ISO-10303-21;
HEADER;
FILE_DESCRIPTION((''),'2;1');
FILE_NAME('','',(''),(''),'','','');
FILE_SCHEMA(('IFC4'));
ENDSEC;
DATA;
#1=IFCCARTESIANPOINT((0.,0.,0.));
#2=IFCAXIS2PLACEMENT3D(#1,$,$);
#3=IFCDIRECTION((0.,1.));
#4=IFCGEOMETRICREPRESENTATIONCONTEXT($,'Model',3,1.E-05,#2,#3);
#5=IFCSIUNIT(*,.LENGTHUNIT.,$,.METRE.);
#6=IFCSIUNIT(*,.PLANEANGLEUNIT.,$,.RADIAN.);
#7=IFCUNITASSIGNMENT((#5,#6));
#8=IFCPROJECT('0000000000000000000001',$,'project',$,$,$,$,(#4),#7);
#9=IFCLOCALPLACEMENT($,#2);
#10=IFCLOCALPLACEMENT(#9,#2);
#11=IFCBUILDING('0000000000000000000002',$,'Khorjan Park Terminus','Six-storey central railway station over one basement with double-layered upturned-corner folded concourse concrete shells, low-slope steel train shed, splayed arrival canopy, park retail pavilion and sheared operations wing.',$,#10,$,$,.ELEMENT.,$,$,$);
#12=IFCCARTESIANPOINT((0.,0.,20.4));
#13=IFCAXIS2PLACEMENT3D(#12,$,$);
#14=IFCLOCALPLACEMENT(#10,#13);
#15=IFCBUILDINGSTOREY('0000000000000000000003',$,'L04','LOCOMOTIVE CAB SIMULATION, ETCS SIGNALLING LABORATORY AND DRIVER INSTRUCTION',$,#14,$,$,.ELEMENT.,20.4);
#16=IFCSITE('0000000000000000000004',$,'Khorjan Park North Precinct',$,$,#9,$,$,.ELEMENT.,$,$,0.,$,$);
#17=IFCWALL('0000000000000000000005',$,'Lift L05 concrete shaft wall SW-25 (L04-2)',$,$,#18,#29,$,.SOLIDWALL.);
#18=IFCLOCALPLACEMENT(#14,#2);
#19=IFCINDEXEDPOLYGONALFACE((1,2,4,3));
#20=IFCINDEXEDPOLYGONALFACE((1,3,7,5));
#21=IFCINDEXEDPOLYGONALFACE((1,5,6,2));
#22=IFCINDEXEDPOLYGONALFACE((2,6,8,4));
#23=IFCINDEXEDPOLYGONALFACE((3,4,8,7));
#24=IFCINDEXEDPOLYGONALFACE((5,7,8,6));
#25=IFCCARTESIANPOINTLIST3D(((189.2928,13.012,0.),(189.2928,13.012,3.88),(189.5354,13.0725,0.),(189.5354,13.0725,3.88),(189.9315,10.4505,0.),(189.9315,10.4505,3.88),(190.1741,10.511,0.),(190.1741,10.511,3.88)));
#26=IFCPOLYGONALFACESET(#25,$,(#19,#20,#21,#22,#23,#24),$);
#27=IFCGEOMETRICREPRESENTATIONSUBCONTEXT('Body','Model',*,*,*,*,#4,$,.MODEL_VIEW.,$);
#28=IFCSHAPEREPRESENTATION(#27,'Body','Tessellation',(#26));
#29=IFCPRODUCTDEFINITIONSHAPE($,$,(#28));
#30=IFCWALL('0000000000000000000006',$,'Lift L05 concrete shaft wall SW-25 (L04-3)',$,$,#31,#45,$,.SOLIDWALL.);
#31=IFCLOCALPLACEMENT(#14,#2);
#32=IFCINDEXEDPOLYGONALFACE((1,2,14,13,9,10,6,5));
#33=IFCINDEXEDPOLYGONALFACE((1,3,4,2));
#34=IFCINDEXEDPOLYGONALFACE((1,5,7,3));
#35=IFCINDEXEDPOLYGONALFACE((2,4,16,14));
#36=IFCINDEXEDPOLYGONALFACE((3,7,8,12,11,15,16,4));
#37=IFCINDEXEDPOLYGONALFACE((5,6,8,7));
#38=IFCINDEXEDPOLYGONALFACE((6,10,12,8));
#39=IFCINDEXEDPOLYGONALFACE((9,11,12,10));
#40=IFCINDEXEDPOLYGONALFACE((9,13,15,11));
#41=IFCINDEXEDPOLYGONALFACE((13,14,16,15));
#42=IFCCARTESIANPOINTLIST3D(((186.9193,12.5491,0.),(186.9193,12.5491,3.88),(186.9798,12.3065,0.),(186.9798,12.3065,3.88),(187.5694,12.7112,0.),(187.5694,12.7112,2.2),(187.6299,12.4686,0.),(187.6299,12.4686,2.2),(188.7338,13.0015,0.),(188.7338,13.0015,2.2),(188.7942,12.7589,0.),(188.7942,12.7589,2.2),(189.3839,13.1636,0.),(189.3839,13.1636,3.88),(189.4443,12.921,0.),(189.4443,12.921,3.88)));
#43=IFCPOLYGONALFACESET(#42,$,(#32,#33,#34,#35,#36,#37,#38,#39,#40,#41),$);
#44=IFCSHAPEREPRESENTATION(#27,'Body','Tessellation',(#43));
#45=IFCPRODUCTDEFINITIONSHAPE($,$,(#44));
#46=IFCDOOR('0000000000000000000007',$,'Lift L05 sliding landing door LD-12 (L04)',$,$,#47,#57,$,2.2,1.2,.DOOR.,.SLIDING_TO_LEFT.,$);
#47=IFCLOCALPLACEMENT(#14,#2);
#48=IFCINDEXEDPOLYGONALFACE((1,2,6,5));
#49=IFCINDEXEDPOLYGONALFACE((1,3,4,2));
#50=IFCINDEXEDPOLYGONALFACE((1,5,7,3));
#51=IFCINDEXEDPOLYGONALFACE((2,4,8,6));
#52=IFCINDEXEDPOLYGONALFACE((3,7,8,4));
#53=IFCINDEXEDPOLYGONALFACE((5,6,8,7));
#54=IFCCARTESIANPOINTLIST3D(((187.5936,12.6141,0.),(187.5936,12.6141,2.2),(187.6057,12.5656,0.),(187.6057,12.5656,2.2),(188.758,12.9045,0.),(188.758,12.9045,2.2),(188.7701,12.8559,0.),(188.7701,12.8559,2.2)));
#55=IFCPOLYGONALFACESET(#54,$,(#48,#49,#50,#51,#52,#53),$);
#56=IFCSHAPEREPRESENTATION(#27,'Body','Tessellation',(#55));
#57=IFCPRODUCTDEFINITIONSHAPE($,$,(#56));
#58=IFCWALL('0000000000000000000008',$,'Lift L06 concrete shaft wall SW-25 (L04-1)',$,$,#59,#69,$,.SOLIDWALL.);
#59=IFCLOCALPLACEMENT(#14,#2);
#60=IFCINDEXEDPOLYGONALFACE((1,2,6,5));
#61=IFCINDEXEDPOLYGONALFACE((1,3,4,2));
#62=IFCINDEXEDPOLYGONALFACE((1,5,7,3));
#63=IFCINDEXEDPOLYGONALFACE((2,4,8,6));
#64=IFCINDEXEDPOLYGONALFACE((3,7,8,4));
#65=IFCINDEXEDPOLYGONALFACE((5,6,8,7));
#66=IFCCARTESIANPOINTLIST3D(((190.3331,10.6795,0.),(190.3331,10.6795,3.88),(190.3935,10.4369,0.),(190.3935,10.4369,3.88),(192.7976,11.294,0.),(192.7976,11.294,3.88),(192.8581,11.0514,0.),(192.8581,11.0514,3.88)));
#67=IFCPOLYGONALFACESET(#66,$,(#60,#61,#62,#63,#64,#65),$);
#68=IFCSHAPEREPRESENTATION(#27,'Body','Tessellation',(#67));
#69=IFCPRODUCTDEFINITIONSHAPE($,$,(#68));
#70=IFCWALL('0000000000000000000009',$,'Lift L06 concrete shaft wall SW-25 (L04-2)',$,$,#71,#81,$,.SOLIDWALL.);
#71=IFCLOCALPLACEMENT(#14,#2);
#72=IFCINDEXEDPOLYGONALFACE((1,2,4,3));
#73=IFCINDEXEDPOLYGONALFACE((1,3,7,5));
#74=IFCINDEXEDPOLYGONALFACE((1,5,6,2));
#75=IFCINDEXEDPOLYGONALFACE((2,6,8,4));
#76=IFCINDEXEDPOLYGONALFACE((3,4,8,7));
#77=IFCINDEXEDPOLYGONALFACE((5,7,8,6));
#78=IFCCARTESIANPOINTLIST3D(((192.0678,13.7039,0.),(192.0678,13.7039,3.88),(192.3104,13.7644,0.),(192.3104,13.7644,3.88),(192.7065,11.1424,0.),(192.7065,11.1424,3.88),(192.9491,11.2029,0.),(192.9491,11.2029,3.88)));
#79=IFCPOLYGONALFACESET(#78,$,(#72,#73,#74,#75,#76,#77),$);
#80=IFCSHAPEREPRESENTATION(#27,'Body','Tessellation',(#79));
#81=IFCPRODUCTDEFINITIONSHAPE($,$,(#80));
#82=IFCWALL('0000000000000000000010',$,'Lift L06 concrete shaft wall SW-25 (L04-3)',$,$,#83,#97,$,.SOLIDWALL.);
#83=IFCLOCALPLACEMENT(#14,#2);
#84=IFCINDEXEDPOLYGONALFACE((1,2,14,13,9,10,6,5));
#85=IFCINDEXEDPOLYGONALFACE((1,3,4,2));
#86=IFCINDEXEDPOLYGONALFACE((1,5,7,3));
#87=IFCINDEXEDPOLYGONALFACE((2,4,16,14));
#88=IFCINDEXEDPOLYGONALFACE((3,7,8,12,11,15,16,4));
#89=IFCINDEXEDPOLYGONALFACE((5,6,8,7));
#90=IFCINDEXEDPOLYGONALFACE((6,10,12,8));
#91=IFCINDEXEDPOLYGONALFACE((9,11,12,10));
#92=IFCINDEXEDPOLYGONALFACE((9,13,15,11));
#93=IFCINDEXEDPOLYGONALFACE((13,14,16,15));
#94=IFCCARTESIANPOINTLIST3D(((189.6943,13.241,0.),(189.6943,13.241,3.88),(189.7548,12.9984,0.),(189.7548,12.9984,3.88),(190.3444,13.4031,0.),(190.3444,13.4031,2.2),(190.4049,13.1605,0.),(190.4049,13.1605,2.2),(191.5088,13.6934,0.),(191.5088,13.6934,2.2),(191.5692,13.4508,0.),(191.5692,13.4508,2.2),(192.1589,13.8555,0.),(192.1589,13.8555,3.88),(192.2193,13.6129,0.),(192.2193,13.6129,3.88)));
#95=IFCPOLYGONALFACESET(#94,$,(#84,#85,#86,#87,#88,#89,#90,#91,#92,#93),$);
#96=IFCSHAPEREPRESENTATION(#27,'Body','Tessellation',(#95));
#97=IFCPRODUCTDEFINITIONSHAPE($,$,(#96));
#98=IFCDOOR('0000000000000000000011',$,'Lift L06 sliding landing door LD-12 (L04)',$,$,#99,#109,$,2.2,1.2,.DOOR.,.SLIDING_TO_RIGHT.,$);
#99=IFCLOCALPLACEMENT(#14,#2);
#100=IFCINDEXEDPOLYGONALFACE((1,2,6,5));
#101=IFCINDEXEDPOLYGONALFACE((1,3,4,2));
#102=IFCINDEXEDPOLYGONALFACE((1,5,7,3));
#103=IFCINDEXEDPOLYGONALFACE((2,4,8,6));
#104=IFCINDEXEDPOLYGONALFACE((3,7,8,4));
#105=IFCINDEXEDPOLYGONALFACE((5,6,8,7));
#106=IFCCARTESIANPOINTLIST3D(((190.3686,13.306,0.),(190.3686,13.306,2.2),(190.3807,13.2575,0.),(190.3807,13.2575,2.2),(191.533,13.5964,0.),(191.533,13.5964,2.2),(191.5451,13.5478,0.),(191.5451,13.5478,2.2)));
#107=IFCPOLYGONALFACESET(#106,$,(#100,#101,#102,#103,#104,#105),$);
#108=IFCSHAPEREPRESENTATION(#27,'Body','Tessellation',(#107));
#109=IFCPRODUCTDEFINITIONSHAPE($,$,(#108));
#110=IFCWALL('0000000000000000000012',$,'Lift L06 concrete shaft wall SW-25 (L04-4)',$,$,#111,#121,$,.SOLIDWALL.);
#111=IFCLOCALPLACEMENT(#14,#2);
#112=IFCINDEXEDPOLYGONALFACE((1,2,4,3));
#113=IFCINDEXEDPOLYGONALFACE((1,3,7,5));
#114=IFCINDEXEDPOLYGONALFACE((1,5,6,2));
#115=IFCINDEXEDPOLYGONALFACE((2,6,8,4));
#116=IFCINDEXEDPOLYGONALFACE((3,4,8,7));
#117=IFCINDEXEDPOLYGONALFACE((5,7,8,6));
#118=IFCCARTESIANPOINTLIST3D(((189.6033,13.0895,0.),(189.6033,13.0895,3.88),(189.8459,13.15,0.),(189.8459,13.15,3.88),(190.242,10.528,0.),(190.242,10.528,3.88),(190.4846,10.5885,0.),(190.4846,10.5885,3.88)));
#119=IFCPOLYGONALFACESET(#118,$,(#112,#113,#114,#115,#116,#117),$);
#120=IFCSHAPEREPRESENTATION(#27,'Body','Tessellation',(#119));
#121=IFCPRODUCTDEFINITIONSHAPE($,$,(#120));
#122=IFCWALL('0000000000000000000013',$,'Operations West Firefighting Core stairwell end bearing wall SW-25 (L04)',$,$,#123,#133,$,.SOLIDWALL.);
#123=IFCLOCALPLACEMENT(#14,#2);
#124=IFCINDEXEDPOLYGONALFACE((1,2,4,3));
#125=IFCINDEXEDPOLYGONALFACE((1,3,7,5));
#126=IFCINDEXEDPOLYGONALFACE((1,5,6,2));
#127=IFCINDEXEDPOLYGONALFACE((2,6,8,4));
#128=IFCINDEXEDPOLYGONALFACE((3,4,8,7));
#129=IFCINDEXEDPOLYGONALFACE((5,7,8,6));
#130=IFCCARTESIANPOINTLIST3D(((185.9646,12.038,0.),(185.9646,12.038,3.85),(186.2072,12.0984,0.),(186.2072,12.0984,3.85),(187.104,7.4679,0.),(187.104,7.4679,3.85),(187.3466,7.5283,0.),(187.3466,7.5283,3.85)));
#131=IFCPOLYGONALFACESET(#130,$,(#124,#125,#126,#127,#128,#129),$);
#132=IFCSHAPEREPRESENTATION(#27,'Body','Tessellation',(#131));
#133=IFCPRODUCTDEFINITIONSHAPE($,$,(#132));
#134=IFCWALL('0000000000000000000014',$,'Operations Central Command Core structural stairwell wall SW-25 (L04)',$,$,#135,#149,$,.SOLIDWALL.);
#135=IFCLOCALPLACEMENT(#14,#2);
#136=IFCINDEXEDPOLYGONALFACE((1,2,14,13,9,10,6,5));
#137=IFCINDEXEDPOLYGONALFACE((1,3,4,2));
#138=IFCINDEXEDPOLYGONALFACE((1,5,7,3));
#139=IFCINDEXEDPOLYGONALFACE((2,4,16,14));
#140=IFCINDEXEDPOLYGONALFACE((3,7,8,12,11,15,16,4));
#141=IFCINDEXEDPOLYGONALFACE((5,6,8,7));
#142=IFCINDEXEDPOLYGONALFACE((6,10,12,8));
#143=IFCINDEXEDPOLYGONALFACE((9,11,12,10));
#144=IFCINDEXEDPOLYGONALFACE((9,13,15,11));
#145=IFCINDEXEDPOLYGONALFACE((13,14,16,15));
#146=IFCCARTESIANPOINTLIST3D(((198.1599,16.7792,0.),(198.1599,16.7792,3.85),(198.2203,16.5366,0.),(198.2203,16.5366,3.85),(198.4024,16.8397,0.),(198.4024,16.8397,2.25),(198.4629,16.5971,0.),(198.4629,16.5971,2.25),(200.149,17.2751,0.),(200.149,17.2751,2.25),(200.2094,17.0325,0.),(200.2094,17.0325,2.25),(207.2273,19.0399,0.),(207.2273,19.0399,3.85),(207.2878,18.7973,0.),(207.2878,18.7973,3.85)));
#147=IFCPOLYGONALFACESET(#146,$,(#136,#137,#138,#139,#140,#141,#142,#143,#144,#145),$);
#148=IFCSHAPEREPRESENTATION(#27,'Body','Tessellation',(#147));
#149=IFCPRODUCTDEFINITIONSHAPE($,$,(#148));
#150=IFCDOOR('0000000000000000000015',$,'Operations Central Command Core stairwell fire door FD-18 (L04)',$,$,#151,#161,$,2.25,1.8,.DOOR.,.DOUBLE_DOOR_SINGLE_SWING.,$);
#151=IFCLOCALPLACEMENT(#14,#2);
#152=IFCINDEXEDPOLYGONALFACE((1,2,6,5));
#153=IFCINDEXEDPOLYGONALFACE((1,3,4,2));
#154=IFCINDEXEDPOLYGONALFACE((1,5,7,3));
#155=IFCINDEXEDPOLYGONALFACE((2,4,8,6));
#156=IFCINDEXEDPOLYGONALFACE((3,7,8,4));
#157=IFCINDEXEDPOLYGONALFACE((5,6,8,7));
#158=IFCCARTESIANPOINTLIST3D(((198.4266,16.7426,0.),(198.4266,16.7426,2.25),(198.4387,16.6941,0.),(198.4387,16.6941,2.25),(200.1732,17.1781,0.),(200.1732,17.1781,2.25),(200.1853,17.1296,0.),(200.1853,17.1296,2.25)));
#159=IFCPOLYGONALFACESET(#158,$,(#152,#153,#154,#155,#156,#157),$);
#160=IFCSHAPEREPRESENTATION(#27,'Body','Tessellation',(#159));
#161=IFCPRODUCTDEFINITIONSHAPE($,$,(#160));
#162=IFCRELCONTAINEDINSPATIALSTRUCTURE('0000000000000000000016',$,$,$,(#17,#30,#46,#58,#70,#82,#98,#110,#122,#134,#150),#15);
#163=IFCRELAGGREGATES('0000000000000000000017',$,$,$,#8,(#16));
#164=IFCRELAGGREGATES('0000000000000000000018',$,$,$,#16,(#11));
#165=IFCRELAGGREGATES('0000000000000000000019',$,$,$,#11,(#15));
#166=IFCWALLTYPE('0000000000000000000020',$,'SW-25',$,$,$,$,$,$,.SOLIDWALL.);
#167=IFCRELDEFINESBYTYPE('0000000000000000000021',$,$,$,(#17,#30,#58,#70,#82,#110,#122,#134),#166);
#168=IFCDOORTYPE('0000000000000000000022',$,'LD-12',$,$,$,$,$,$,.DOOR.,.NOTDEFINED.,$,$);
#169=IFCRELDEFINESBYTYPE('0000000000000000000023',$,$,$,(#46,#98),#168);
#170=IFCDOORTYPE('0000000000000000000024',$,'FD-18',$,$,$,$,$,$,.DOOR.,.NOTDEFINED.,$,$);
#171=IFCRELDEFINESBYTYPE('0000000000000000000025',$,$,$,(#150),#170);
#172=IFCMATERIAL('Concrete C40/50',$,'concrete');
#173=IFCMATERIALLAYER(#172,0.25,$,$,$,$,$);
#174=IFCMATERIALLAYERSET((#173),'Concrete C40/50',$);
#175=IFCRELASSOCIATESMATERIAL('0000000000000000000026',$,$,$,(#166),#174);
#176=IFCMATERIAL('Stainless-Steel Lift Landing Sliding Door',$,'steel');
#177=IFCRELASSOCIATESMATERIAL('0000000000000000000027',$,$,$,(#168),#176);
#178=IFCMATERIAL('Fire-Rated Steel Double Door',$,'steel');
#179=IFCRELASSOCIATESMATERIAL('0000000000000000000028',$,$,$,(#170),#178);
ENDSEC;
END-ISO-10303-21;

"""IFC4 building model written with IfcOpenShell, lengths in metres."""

from ifc_helpers import new_model, si_unit, direction, frame, frame_2d, origin, place, context, subcontext, project, spatial, rectangle, extrude, material, layer, layer_set, type_object, element, fill, save


model = new_model("IFC4")

# Units and contexts
model_context = context("Model", 3, precision=1e-05, world=origin(), true_north=direction((0.0, 1.0)))
body_context = subcontext(model_context, "Body", "Model", "MODEL_VIEW")
ifc_project = project(units=[si_unit("LENGTHUNIT", "METRE"), si_unit("PLANEANGLEUNIT", "RADIAN")], contexts=[model_context])

# Site, building, storey
site_placement = place(None, origin())
site = spatial("IfcSite", under=ifc_project, at=site_placement, Name="Khorjan Park North Precinct", CompositionType="ELEMENT", RefElevation=0.0)
building_placement = place(site_placement, origin())
building = spatial("IfcBuilding", under=site, at=building_placement, Name="Khorjan Park Terminus", Description="Six-storey central railway station over one basement with double-layered upturned-corner folded concourse concrete shells, low-slope steel train shed, splayed arrival canopy, park retail pavilion and sheared operations wing.", CompositionType="ELEMENT")
storey_placement = place(building_placement, frame((0.0, 0.0, 20.4)))
storey = spatial("IfcBuildingStorey", under=building, at=storey_placement, Name="L04", Description="LOCOMOTIVE CAB SIMULATION, ETCS SIGNALLING LABORATORY AND DRIVER INSTRUCTION", CompositionType="ELEMENT", Elevation=20.4)

# Shared definitions
ifc_material_1 = material(Name="Concrete C40/50", Category="concrete")

# Shared definitions
ifc_material_2 = material(Name="Fire-Rated Steel Double Door", Category="steel")

# Wall
ifc_layer_1 = layer(ifc_material_1, 0.25)
ifc_layer_set_1 = layer_set([ifc_layer_1], Name="Concrete C40/50")
wall_type_1 = type_object("IfcWallType", Name="SW-25", PredefinedType="SOLIDWALL", material=ifc_layer_set_1)
wall_1_placement = place(storey_placement, frame((190.0528, 10.4808, 0.0), z_axis=(0.0, 0.0, 1.0), x_axis=(-0.241938, 0.970292, 0.0)))
element("IfcWall", 1, at=wall_1_placement, inside=storey, type_object=wall_type_1, Name="Lift L05 concrete shaft wall SW-25 (L04-2)", PredefinedType="SOLIDWALL", context=body_context, shape_type="SweptSolid", body=[
    extrude(rectangle(XDim=2.6399, YDim=0.25, at=frame_2d((1.3199, 0.0))), origin(), (0.0, 0.0, 1.0), 3.88),
])

# Wall, opening, door
wall_2_placement = place(storey_placement, frame((189.4141, 13.0423, 0.0), z_axis=(0.0, 0.0, 1.0), x_axis=(-0.970293, -0.241933, 0.0)))
wall_2 = element("IfcWall", 2, at=wall_2_placement, inside=storey, type_object=wall_type_1, Name="Lift L05 concrete shaft wall SW-25 (L04-3)", PredefinedType="SOLIDWALL", context=body_context, shape_type="SweptSolid", body=[
    extrude(rectangle(XDim=2.54, YDim=0.25, at=frame_2d((1.27, 0.0))), origin(), (0.0, 0.0, 1.0), 3.88),
])
opening_1_placement = place(wall_2_placement, frame((0.67, 0.0, 0.0)))
opening_1 = element("IfcOpeningElement", 3, at=opening_1_placement, cuts=wall_2, PredefinedType="OPENING", context=body_context, shape_type="SweptSolid", body=[
    extrude(rectangle(XDim=1.2, YDim=2.2, at=frame_2d((0.6, 1.1))), frame((0.0, 0.135, 0.0), z_axis=(0.0, -1.0, 0.0), x_axis=(1.0, 0.0, 0.0)), (0.0, 0.0, 1.0), 0.27),
])
ifc_material_3 = material(Name="Stainless-Steel Lift Landing Sliding Door", Category="steel")
door_type_1 = type_object("IfcDoorType", Name="LD-12", OperationType="NOTDEFINED", PredefinedType="DOOR", material=ifc_material_3)
door_1_placement = place(opening_1_placement, origin())
door_1 = element("IfcDoor", 4, at=door_1_placement, inside=storey, type_object=door_type_1, Name="Lift L05 sliding landing door LD-12 (L04)", OperationType="SLIDING_TO_LEFT", OverallHeight=2.2, OverallWidth=1.2, PredefinedType="DOOR", context=body_context, shape_type="SweptSolid", body=[
    extrude(rectangle(XDim=1.2, YDim=2.2, at=frame_2d((0.6, 1.1))), frame((0.0, 0.025, 0.0), z_axis=(0.0, -1.0, 0.0), x_axis=(1.0, 0.0, 0.0)), (0.0, 0.0, 1.0), 0.05),
])
fill(opening_1, door_1)

# Walls
wall_3_placement = place(storey_placement, frame((190.3633, 10.5582, 0.0), z_axis=(0.0, 0.0, 1.0), x_axis=(0.970293, 0.241933, 0.0)))
element("IfcWall", 5, at=wall_3_placement, inside=storey, type_object=wall_type_1, Name="Lift L06 concrete shaft wall SW-25 (L04-1)", PredefinedType="SOLIDWALL", context=body_context, shape_type="SweptSolid", body=[
    extrude(rectangle(XDim=2.54, YDim=0.25, at=frame_2d((1.27, 0.0))), origin(), (0.0, 0.0, 1.0), 3.88),
])
wall_4_placement = place(storey_placement, frame((192.8278, 11.1727, 0.0), z_axis=(0.0, 0.0, 1.0), x_axis=(-0.241938, 0.970292, 0.0)))
element("IfcWall", 6, at=wall_4_placement, inside=storey, type_object=wall_type_1, Name="Lift L06 concrete shaft wall SW-25 (L04-2)", PredefinedType="SOLIDWALL", context=body_context, shape_type="SweptSolid", body=[
    extrude(rectangle(XDim=2.6399, YDim=0.25, at=frame_2d((1.3199, 0.0))), origin(), (0.0, 0.0, 1.0), 3.88),
])

# Wall, opening, door
wall_5_placement = place(storey_placement, frame((192.1891, 13.7342, 0.0), z_axis=(0.0, 0.0, 1.0), x_axis=(-0.970293, -0.241933, 0.0)))
wall_5 = element("IfcWall", 7, at=wall_5_placement, inside=storey, type_object=wall_type_1, Name="Lift L06 concrete shaft wall SW-25 (L04-3)", PredefinedType="SOLIDWALL", context=body_context, shape_type="SweptSolid", body=[
    extrude(rectangle(XDim=2.54, YDim=0.25, at=frame_2d((1.27, 0.0))), origin(), (0.0, 0.0, 1.0), 3.88),
])
opening_2_placement = place(wall_5_placement, frame((0.67, 0.0, 0.0)))
opening_2 = element("IfcOpeningElement", 8, at=opening_2_placement, cuts=wall_5, PredefinedType="OPENING", context=body_context, shape_type="SweptSolid", body=[
    extrude(rectangle(XDim=1.2, YDim=2.2, at=frame_2d((0.6, 1.1))), frame((0.0, 0.135, 0.0), z_axis=(0.0, -1.0, 0.0), x_axis=(1.0, 0.0, 0.0)), (0.0, 0.0, 1.0), 0.27),
])
door_2_placement = place(opening_2_placement, origin())
door_2 = element("IfcDoor", 9, at=door_2_placement, inside=storey, type_object=door_type_1, Name="Lift L06 sliding landing door LD-12 (L04)", OperationType="SLIDING_TO_RIGHT", OverallHeight=2.2, OverallWidth=1.2, PredefinedType="DOOR", context=body_context, shape_type="SweptSolid", body=[
    extrude(rectangle(XDim=1.2, YDim=2.2, at=frame_2d((0.6, 1.1))), frame((0.0, 0.025, 0.0), z_axis=(0.0, -1.0, 0.0), x_axis=(1.0, 0.0, 0.0)), (0.0, 0.0, 1.0), 0.05),
])
fill(opening_2, door_2)

# Walls
wall_6_placement = place(storey_placement, frame((189.7246, 13.1197, 0.0), z_axis=(0.0, 0.0, 1.0), x_axis=(0.241938, -0.970292, 0.0)))
element("IfcWall", 10, at=wall_6_placement, inside=storey, type_object=wall_type_1, Name="Lift L06 concrete shaft wall SW-25 (L04-4)", PredefinedType="SOLIDWALL", context=body_context, shape_type="SweptSolid", body=[
    extrude(rectangle(XDim=2.6399, YDim=0.25, at=frame_2d((1.3199, 0.0))), origin(), (0.0, 0.0, 1.0), 3.88),
])
wall_7_placement = place(storey_placement, frame((187.2253, 7.4981, 0.0), z_axis=(0.0, 0.0, 1.0), x_axis=(-0.241911, 0.970298, 0.0)))
element("IfcWall", 11, at=wall_7_placement, inside=storey, type_object=wall_type_1, Name="Operations West Firefighting Core stairwell end bearing wall SW-25 (L04)", PredefinedType="SOLIDWALL", context=body_context, shape_type="SweptSolid", body=[
    extrude(rectangle(XDim=4.71, YDim=0.25, at=frame_2d((2.355, 0.0))), origin(), (0.0, 0.0, 1.0), 3.85),
])

# Wall, opening, door
wall_8_placement = place(storey_placement, frame((198.1901, 16.6579, 0.0), z_axis=(0.0, 0.0, 1.0), x_axis=(0.970297, 0.241916, 0.0)))
wall_8 = element("IfcWall", 12, at=wall_8_placement, inside=storey, type_object=wall_type_1, Name="Operations Central Command Core structural stairwell wall SW-25 (L04)", PredefinedType="SOLIDWALL", context=body_context, shape_type="SweptSolid", body=[
    extrude(rectangle(XDim=9.345, YDim=0.25, at=frame_2d((4.6725, 0.0))), origin(), (0.0, 0.0, 1.0), 3.85),
])
opening_3_placement = place(wall_8_placement, frame((0.25, 0.0, 0.0)))
opening_3 = element("IfcOpeningElement", 13, at=opening_3_placement, cuts=wall_8, PredefinedType="OPENING", context=body_context, shape_type="SweptSolid", body=[
    extrude(rectangle(XDim=1.8, YDim=2.25, at=frame_2d((0.9, 1.125))), frame((0.0, 0.135, 0.0), z_axis=(0.0, -1.0, 0.0), x_axis=(1.0, 0.0, 0.0)), (0.0, 0.0, 1.0), 0.27),
])
door_type_2 = type_object("IfcDoorType", Name="FD-18", OperationType="NOTDEFINED", PredefinedType="DOOR", material=ifc_material_2)
door_3_placement = place(opening_3_placement, origin())
door_3 = element("IfcDoor", 14, at=door_3_placement, inside=storey, type_object=door_type_2, Name="Operations Central Command Core stairwell fire door FD-18 (L04)", OperationType="DOUBLE_DOOR_SINGLE_SWING", OverallHeight=2.25, OverallWidth=1.8, PredefinedType="DOOR", context=body_context, shape_type="SweptSolid", body=[
    extrude(rectangle(XDim=1.8, YDim=2.25, at=frame_2d((0.9, 1.125))), frame((0.0, 0.025, 0.0), z_axis=(0.0, -1.0, 0.0), x_axis=(1.0, 0.0, 0.0)), (0.0, 0.0, 1.0), 0.05),
])
fill(opening_3, door_3)

save(model, "model.ifc")
